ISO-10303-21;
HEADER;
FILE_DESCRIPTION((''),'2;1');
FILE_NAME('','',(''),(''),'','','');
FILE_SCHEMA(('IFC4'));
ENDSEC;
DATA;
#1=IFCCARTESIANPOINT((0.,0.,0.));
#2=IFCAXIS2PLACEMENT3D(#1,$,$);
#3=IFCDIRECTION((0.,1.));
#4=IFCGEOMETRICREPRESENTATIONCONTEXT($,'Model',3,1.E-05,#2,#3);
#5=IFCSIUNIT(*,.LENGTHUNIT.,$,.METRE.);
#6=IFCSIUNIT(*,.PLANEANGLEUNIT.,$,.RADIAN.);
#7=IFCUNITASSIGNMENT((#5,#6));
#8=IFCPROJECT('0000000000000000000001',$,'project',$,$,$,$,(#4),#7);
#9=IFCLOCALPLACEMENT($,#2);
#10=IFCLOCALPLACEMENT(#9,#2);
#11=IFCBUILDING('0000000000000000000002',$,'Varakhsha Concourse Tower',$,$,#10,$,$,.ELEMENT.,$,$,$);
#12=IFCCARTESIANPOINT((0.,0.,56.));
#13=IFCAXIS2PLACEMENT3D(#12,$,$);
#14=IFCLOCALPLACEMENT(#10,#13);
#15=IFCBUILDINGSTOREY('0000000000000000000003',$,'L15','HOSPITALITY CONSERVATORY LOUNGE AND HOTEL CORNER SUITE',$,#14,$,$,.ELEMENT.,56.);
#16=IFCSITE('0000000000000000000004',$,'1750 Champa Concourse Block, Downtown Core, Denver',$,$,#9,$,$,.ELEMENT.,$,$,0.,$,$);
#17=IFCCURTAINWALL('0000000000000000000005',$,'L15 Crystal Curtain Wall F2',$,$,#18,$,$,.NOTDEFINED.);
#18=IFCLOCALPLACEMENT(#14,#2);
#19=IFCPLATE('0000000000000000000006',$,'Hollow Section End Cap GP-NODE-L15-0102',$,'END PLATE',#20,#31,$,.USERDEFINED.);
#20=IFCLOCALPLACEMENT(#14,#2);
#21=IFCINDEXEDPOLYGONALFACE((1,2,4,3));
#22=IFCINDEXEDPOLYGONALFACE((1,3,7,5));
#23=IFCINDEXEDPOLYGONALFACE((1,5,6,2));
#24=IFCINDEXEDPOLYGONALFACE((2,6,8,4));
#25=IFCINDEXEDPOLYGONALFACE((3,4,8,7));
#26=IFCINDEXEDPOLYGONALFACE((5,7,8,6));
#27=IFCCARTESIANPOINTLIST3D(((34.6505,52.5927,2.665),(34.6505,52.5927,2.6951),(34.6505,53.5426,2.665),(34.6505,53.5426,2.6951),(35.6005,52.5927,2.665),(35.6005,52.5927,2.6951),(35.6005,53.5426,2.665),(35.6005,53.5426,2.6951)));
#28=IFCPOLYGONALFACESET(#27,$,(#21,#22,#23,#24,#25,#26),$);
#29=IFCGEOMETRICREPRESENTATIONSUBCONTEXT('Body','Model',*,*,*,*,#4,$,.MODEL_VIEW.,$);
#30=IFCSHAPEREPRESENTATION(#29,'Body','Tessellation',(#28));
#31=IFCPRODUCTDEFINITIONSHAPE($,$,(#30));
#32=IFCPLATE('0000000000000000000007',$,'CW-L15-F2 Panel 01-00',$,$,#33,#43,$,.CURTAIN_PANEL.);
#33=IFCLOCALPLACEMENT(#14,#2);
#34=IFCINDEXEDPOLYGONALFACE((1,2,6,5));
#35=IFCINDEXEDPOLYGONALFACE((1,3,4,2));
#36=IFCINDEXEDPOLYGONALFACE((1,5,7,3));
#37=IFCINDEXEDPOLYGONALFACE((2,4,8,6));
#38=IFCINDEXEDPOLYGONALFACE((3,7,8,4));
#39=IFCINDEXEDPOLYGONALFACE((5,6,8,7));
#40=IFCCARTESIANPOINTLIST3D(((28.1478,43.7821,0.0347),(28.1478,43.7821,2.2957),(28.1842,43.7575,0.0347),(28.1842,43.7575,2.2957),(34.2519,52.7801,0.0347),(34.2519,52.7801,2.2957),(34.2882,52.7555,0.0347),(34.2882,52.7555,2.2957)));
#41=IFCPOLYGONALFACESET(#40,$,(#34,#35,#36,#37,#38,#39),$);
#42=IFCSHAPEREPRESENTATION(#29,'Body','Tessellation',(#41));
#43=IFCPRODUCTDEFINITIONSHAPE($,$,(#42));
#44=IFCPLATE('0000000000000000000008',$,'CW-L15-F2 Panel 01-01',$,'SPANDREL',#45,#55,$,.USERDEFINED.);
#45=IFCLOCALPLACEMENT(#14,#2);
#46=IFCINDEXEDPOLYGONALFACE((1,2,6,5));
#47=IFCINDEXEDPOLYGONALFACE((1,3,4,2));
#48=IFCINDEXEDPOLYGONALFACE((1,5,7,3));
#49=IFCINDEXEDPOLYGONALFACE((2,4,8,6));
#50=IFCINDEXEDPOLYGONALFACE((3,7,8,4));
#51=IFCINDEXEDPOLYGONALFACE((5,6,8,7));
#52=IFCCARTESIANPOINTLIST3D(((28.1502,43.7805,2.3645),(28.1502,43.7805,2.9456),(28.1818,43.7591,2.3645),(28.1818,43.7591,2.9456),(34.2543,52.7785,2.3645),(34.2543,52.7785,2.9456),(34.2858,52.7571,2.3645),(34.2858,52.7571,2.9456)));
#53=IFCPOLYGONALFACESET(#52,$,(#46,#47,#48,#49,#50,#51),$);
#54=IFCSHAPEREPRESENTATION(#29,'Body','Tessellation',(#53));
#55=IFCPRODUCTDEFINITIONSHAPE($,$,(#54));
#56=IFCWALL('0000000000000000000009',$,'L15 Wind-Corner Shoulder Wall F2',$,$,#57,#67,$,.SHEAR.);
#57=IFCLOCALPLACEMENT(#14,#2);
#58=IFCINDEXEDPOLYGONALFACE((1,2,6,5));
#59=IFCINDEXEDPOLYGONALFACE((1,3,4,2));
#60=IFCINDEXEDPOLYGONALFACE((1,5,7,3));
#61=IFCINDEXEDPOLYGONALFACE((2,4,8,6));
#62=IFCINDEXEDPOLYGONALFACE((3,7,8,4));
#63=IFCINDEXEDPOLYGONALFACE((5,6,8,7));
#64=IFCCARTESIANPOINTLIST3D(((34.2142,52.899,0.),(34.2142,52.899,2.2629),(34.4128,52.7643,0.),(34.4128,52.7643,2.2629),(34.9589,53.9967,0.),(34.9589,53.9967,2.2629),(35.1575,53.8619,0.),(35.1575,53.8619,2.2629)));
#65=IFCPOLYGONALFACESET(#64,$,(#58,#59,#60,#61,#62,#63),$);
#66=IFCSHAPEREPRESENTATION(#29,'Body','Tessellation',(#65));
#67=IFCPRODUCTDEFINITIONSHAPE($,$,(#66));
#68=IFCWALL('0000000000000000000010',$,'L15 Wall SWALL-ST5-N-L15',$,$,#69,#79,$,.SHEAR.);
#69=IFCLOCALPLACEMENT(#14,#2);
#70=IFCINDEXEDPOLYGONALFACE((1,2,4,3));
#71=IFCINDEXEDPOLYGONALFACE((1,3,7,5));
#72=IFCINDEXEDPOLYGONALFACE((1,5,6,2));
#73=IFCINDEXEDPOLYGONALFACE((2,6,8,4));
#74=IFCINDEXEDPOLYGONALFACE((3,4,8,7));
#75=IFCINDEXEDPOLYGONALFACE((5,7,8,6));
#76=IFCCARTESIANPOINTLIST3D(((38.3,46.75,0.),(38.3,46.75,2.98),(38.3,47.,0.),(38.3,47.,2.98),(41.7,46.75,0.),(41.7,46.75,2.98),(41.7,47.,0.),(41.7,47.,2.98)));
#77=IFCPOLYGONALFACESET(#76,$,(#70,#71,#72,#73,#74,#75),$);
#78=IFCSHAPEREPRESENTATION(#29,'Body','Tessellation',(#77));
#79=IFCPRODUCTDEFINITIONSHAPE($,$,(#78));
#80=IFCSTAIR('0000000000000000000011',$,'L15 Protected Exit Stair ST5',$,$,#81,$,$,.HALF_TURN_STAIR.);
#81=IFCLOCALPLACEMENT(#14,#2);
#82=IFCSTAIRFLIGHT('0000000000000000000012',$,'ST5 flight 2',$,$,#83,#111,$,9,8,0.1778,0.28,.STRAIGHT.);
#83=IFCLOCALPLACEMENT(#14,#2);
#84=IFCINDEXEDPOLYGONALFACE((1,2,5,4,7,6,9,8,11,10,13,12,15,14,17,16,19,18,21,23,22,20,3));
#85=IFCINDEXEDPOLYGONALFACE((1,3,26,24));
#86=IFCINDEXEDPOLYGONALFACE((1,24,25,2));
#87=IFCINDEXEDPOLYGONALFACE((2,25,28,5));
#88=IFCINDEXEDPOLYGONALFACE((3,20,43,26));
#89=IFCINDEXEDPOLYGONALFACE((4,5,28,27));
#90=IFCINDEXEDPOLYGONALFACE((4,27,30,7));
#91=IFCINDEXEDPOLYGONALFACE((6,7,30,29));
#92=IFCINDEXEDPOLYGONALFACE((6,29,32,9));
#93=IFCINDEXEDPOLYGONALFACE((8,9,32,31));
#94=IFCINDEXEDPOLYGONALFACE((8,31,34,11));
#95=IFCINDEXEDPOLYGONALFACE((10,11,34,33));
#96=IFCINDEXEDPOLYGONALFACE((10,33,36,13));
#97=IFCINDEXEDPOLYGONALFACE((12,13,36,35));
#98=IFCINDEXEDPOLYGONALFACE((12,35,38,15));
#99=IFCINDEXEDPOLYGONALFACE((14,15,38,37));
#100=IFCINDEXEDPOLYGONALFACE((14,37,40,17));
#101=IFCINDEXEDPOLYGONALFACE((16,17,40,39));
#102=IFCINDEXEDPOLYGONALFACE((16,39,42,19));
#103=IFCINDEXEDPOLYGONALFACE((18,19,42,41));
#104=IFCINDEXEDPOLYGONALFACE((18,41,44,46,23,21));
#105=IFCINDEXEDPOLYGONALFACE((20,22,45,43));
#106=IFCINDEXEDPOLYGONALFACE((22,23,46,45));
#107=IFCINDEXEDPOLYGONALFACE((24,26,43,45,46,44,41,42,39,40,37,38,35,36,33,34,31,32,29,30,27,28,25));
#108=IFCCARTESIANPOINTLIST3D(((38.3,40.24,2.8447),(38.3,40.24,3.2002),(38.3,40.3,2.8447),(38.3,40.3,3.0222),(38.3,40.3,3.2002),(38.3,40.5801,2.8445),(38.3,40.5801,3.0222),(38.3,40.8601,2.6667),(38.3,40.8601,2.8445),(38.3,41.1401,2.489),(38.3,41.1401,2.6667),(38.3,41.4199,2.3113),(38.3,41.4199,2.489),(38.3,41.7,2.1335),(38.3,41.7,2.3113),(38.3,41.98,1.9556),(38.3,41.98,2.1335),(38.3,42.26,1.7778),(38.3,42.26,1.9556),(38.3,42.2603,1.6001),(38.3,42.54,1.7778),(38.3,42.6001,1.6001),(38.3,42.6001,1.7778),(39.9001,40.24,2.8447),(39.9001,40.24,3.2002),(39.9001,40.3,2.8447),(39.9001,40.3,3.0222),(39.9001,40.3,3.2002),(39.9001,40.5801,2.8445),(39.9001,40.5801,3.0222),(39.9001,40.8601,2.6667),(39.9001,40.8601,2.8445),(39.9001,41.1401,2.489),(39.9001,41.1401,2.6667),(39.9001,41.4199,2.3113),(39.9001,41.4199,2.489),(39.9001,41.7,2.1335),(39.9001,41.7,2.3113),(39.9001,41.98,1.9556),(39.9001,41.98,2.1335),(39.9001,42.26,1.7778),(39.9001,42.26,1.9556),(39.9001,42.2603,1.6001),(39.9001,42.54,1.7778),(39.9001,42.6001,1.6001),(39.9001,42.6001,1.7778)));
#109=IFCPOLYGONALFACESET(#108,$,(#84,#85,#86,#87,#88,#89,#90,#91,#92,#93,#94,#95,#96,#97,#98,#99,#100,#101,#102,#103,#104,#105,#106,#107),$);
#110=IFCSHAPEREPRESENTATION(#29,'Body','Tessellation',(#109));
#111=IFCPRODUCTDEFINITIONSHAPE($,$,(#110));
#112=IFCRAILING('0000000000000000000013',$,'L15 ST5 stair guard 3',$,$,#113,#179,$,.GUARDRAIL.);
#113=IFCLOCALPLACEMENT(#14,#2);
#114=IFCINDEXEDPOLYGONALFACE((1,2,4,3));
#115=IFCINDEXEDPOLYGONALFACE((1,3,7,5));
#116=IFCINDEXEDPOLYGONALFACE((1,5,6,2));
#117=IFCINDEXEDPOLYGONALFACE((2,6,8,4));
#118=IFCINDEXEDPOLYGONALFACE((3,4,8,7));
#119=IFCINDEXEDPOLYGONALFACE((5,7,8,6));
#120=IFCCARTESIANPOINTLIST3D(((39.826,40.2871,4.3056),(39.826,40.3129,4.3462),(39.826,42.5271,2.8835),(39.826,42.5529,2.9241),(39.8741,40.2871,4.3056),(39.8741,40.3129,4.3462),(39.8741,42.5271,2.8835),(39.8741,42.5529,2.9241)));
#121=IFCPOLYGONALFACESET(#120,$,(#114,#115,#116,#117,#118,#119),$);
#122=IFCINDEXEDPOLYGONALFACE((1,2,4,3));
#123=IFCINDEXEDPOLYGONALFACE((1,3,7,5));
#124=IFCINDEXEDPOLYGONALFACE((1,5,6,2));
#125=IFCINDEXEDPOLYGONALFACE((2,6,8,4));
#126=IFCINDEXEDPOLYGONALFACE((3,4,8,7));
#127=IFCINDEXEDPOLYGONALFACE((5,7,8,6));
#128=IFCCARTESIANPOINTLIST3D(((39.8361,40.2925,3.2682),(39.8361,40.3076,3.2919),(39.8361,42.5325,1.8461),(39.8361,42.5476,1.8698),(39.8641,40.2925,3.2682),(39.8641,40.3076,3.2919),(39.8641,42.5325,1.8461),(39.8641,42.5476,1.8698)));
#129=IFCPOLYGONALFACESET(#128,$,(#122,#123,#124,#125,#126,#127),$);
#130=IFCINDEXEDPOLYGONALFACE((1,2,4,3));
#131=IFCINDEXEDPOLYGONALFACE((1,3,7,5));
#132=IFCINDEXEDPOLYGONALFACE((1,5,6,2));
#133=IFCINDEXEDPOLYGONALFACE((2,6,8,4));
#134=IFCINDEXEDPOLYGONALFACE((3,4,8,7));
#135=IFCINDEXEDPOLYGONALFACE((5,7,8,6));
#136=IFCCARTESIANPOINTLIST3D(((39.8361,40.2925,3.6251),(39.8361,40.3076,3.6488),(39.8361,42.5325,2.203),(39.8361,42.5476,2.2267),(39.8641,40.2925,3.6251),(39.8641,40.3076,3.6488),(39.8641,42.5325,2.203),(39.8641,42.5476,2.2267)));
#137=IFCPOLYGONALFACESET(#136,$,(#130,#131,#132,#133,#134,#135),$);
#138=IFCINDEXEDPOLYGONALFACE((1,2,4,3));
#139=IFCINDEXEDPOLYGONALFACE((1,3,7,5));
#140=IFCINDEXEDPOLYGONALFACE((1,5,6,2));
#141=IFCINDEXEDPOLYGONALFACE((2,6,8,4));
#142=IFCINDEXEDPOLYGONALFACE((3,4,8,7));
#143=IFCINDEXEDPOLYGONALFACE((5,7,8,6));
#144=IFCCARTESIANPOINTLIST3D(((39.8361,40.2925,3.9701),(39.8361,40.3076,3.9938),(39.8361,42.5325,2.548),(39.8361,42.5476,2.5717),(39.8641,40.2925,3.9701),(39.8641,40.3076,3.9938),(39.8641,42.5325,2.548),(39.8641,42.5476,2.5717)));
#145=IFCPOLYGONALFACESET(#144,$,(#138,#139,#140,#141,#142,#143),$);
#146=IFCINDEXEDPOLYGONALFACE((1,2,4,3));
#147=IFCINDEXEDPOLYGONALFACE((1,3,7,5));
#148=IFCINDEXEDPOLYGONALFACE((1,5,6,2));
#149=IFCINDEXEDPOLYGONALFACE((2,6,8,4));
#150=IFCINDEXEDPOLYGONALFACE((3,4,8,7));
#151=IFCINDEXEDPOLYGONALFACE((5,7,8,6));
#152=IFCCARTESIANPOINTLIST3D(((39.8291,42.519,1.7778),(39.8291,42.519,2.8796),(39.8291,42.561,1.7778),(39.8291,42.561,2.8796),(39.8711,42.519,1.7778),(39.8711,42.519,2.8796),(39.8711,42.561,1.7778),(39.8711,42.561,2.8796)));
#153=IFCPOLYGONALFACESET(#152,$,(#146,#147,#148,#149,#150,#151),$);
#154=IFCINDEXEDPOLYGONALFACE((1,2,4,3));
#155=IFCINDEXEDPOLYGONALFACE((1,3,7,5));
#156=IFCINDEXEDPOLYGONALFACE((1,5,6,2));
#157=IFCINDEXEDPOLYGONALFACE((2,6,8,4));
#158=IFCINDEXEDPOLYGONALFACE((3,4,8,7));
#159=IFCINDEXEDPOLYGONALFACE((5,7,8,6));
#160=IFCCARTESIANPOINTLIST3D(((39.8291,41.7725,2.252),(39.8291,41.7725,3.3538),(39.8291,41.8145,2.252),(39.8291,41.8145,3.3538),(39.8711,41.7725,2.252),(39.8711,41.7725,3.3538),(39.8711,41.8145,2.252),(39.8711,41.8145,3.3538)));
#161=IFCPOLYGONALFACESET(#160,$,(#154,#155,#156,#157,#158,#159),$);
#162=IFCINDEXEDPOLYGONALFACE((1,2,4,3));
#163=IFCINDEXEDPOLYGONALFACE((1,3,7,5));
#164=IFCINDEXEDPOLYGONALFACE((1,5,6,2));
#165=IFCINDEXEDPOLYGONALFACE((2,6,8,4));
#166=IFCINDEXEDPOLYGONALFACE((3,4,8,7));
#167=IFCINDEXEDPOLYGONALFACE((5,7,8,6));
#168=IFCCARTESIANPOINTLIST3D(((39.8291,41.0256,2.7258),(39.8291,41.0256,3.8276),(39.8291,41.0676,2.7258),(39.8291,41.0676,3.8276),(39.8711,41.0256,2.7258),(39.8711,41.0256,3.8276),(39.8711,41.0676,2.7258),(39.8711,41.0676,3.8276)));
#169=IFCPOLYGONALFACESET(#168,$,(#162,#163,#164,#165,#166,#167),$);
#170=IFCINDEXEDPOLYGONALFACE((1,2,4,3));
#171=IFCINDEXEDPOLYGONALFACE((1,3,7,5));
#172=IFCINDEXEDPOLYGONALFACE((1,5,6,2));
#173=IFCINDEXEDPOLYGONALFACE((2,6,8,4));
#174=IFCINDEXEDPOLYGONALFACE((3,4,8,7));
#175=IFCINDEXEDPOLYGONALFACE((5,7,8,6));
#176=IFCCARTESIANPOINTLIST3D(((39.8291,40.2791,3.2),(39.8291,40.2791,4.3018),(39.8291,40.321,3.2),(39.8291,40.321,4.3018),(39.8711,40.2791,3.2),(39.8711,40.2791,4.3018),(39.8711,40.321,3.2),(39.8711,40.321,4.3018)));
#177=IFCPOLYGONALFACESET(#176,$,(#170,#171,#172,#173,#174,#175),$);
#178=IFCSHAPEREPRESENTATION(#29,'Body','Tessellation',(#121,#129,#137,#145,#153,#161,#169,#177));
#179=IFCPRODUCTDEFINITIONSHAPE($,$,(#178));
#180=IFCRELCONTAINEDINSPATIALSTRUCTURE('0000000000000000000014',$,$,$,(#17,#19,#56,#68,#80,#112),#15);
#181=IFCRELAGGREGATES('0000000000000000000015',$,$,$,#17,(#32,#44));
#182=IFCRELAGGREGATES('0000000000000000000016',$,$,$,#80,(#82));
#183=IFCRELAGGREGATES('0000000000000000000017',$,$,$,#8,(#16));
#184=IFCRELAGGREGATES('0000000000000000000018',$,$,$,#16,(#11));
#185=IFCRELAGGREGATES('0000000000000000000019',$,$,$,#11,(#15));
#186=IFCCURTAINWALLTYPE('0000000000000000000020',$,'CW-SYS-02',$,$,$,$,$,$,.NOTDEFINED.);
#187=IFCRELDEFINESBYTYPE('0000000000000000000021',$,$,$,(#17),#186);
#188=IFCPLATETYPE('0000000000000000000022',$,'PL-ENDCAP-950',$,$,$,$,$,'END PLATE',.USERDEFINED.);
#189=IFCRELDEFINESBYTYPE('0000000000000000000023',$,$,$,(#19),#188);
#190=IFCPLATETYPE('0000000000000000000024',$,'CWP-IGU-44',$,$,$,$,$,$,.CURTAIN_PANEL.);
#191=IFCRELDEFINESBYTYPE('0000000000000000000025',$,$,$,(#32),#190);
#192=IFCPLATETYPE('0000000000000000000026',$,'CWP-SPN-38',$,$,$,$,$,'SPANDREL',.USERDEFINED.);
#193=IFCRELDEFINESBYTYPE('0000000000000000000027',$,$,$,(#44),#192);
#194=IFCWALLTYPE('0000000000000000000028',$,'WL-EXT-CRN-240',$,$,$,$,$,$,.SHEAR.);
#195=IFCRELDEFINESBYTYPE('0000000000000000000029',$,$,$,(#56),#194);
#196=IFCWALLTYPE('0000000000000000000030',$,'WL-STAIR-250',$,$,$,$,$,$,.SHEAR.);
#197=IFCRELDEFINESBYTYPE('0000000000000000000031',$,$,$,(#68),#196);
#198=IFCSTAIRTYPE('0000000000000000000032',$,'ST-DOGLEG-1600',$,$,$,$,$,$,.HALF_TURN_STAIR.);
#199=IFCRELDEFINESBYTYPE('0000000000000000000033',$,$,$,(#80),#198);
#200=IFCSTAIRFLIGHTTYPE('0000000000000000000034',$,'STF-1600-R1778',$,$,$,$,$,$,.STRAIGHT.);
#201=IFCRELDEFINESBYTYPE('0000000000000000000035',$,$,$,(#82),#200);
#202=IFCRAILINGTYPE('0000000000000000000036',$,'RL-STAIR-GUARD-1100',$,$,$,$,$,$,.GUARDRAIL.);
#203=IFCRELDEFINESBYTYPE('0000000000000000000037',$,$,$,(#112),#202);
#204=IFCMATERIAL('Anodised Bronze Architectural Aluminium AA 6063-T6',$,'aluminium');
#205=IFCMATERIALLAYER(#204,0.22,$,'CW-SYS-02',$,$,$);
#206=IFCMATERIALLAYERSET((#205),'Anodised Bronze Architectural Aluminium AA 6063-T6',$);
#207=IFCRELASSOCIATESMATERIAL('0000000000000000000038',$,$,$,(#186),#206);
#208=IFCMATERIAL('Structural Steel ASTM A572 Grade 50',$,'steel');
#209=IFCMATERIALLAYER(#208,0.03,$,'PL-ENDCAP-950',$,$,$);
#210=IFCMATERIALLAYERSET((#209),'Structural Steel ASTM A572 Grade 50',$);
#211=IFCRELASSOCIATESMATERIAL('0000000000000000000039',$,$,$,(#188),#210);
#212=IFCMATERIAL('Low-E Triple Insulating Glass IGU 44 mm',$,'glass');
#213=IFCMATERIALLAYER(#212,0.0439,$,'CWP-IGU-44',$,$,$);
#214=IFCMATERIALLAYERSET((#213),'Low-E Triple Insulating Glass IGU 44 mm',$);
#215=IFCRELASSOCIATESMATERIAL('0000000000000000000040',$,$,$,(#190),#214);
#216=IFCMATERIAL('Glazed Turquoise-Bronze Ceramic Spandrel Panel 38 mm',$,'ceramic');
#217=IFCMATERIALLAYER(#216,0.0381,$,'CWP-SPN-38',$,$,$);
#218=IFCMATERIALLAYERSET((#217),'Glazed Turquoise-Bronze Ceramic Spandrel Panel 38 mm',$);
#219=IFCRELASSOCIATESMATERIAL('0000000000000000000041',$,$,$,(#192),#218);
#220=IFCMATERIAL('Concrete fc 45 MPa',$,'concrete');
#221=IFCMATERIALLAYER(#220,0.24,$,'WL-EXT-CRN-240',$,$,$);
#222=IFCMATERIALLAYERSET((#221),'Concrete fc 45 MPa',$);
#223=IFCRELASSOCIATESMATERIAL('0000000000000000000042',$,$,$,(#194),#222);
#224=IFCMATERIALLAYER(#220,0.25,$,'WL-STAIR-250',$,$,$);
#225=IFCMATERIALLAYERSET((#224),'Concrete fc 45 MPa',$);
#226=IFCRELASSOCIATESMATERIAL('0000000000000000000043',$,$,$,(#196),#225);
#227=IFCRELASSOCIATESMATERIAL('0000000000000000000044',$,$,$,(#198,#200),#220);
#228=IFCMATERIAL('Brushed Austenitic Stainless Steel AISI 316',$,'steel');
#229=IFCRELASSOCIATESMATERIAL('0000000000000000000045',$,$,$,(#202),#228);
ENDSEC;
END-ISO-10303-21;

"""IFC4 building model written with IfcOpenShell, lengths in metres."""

from ifc_helpers import new_model, si_unit, direction, frame, frame_2d, origin, origin_2d, place, context, subcontext, project, spatial, polyline, rectangle, outline, extrude, source, transform, mapped, material, layer, layer_set, type_object, type_shapes, element, aggregate, save


model = new_model("IFC4")

# Units and contexts
model_context = context("Model", 3, precision=1e-05, world=origin(), true_north=direction((0.0, 1.0)))
body_context = subcontext(model_context, "Body", "Model", "MODEL_VIEW")
ifc_project = project(units=[si_unit("LENGTHUNIT", "METRE"), si_unit("PLANEANGLEUNIT", "RADIAN")], contexts=[model_context])

# Site, building, storey
site_placement = place(None, origin())
site = spatial("IfcSite", under=ifc_project, at=site_placement, Name="1750 Champa Concourse Block, Downtown Core, Denver", CompositionType="ELEMENT", RefElevation=0.0)
building_placement = place(site_placement, origin())
building = spatial("IfcBuilding", under=site, at=building_placement, Name="Varakhsha Concourse Tower", CompositionType="ELEMENT")
storey_placement = place(building_placement, frame((0.0, 0.0, 56.0)))
storey = spatial("IfcBuildingStorey", under=building, at=storey_placement, Name="L15", Description="HOSPITALITY CONSERVATORY LOUNGE AND HOTEL CORNER SUITE", CompositionType="ELEMENT", Elevation=56.0)

# Shared definitions
ifc_material_1 = material(Name="Structural Steel ASTM A572 Grade 50", Category="steel")

# Shared definitions
ifc_material_2 = material(Name="Anodised Bronze Architectural Aluminium AA 6063-T6", Category="aluminium")
ifc_layer_1 = layer(ifc_material_2, 0.22, Name="CW-SYS-02")
ifc_layer_set_1 = layer_set([ifc_layer_1], Name="Anodised Bronze Architectural Aluminium AA 6063-T6")
curtain_wall_type = type_object("IfcCurtainWallType", Name="CW-SYS-02", PredefinedType="NOTDEFINED", material=ifc_layer_set_1)

# Curtain wall
curtain_wall_1_placement = place(storey_placement, origin())
curtain_wall_1 = element("IfcCurtainWall", 1, at=curtain_wall_1_placement, inside=storey, type_object=curtain_wall_type, Name="L15 Crystal Curtain Wall F2", PredefinedType="NOTDEFINED")

# Plates
ifc_layer_2 = layer(ifc_material_1, 0.03, Name="PL-ENDCAP-950")
ifc_layer_set_2 = layer_set([ifc_layer_2], Name="Structural Steel ASTM A572 Grade 50")
plate_type_1 = type_object("IfcPlateType", Name="PL-ENDCAP-950", ElementType="END PLATE", PredefinedType="USERDEFINED", material=ifc_layer_set_2)
shared_shape_1 = source(origin(), body_context, "Body", "SweptSolid", [
    extrude(rectangle(XDim=0.95, YDim=0.95, at=origin_2d()), origin(), (0.0, 0.0, 1.0), 0.03),
])
type_shapes(plate_type_1, [shared_shape_1])
plate_1_placement = place(storey_placement, frame((35.1255, 53.0676, 2.665), z_axis=(0.0, 0.0, 1.0), x_axis=(1.0, 0.0, 0.0)))
element("IfcPlate", 2, at=plate_1_placement, inside=storey, type_object=plate_type_1, Name="Hollow Section End Cap GP-NODE-L15-0102", ObjectType="END PLATE", PredefinedType="USERDEFINED", context=body_context, shape_type="MappedRepresentation", body=[
    mapped(shared_shape_1, transform((0.0, 0.0, 0.0), scale=1.0)),
])
ifc_material_3 = material(Name="Low-E Triple Insulating Glass IGU 44 mm", Category="glass")
ifc_layer_3 = layer(ifc_material_3, 0.0439, Name="CWP-IGU-44")
ifc_layer_set_3 = layer_set([ifc_layer_3], Name="Low-E Triple Insulating Glass IGU 44 mm")
plate_type_2 = type_object("IfcPlateType", Name="CWP-IGU-44", PredefinedType="CURTAIN_PANEL", material=ifc_layer_set_3)
shared_shape_2 = source(origin(), body_context, "Body", "SweptSolid", [
    extrude(rectangle(XDim=10.873, YDim=0.0439, at=origin_2d()), origin(), (0.0, 0.0, 1.0), 2.261),
])
type_shapes(plate_type_2, [shared_shape_2])
plate_2_placement = place(storey_placement, frame((31.218, 48.2688, 0.0347), z_axis=(0.0, 0.0, 1.0), x_axis=(0.561392, 0.82755, 0.0)))
plate_2 = element("IfcPlate", 3, at=plate_2_placement, type_object=plate_type_2, Name="CW-L15-F2 Panel 01-00", PredefinedType="CURTAIN_PANEL", context=body_context, shape_type="MappedRepresentation", body=[
    mapped(shared_shape_2, transform((0.0, 0.0, 0.0), scale=1.0)),
])
ifc_material_4 = material(Name="Glazed Turquoise-Bronze Ceramic Spandrel Panel 38 mm", Category="ceramic")
ifc_layer_4 = layer(ifc_material_4, 0.0381, Name="CWP-SPN-38")
ifc_layer_set_4 = layer_set([ifc_layer_4], Name="Glazed Turquoise-Bronze Ceramic Spandrel Panel 38 mm")
plate_type_3 = type_object("IfcPlateType", Name="CWP-SPN-38", ElementType="SPANDREL", PredefinedType="USERDEFINED", material=ifc_layer_set_4)
shared_shape_3 = source(origin(), body_context, "Body", "SweptSolid", [
    extrude(rectangle(XDim=10.873, YDim=0.0381, at=origin_2d()), origin(), (0.0, 0.0, 1.0), 0.5811),
])
type_shapes(plate_type_3, [shared_shape_3])
plate_3_placement = place(storey_placement, frame((31.218, 48.2688, 2.3645), z_axis=(0.0, 0.0, 1.0), x_axis=(0.561392, 0.82755, 0.0)))
plate_3 = element("IfcPlate", 4, at=plate_3_placement, type_object=plate_type_3, Name="CW-L15-F2 Panel 01-01", ObjectType="SPANDREL", PredefinedType="USERDEFINED", context=body_context, shape_type="MappedRepresentation", body=[
    mapped(shared_shape_3, transform((0.0, 0.0, 0.0), scale=1.0)),
])
aggregate(curtain_wall_1, [plate_2, plate_3])

# Walls
ifc_material_5 = material(Name="Concrete fc 45 MPa", Category="concrete")
ifc_layer_5 = layer(ifc_material_5, 0.24, Name="WL-EXT-CRN-240")
ifc_layer_set_5 = layer_set([ifc_layer_5], Name="Concrete fc 45 MPa")
wall_type_1 = type_object("IfcWallType", Name="WL-EXT-CRN-240", PredefinedType="SHEAR", material=ifc_layer_set_5)
wall_1_placement = place(storey_placement, frame((35.0581, 53.9292, 0.0), z_axis=(0.0, 0.0, 1.0), x_axis=(-0.561393, -0.827549, 0.0)))
element("IfcWall", 5, at=wall_1_placement, inside=storey, type_object=wall_type_1, Name="L15 Wind-Corner Shoulder Wall F2", PredefinedType="SHEAR", context=body_context, shape_type="SweptSolid", body=[
    extrude(rectangle(XDim=1.3264, YDim=0.24, at=frame_2d((0.6631, 0.0))), origin(), (0.0, 0.0, 1.0), 2.2629),
])
ifc_layer_6 = layer(ifc_material_5, 0.25, Name="WL-STAIR-250")
ifc_layer_set_6 = layer_set([ifc_layer_6], Name="Concrete fc 45 MPa")
wall_type_2 = type_object("IfcWallType", Name="WL-STAIR-250", PredefinedType="SHEAR", material=ifc_layer_set_6)
wall_2_placement = place(storey_placement, frame((38.3, 46.875, 0.0), z_axis=(0.0, 0.0, 1.0), x_axis=(1.0, 0.0, 0.0)))
element("IfcWall", 6, at=wall_2_placement, inside=storey, type_object=wall_type_2, Name="L15 Wall SWALL-ST5-N-L15", PredefinedType="SHEAR", context=body_context, shape_type="SweptSolid", body=[
    extrude(rectangle(XDim=3.3999, YDim=0.25, at=frame_2d((1.7, 0.0))), origin(), (0.0, 0.0, 1.0), 2.98),
])

# Stair, stair flight
stair_type = type_object("IfcStairType", Name="ST-DOGLEG-1600", PredefinedType="HALF_TURN_STAIR", material=ifc_material_5)
stair_placement = place(storey_placement, origin())
stair = element("IfcStair", 7, at=stair_placement, inside=storey, type_object=stair_type, Name="L15 Protected Exit Stair ST5", PredefinedType="HALF_TURN_STAIR")
stair_flight_type = type_object("IfcStairFlightType", Name="STF-1600-R1778", PredefinedType="STRAIGHT", material=ifc_material_5)
stair_flight_placement = place(storey_placement, frame((39.1001, 42.54, 1.6001), z_axis=(0.0, 0.0, 1.0), x_axis=(0.0, -1.0, 0.0)))
stair_flight = element("IfcStairFlight", 8, at=stair_flight_placement, type_object=stair_flight_type, Name="ST5 flight 2", NumberOfRisers=9, NumberOfTreads=8, PredefinedType="STRAIGHT", RiserHeight=0.1778, TreadLength=0.28, context=body_context, shape_type="SweptSolid", body=[
    extrude(outline(polyline([(-0.0601, 0.0), (-0.0601, 0.1777), (0.0, 0.1777), (0.28, 0.1777), (0.28, 0.3555), (0.5601, 0.3555), (0.5601, 0.5334), (0.8401, 0.5334), (0.8401, 0.7112), (1.1201, 0.7112), (1.1201, 0.8889), (1.3999, 0.8889), (1.3999, 1.0667), (1.6799, 1.0667), (1.6799, 1.2444), (1.96, 1.2444), (1.96, 1.4221), (2.24, 1.4221), (2.24, 1.6001), (2.3, 1.6001), (2.3, 1.2446), (2.24, 1.2446), (0.2798, 0.0), (-0.0601, 0.0)])), frame((0.0, 0.8, 0.0), z_axis=(0.0, -1.0, 0.0), x_axis=(1.0, 0.0, 0.0)), (0.0, 0.0, 1.0), 1.6001),
])
aggregate(stair, [stair_flight])

# Railing
ifc_material_6 = material(Name="Brushed Austenitic Stainless Steel AISI 316", Category="steel")
railing_type_1 = type_object("IfcRailingType", Name="RL-STAIR-GUARD-1100", PredefinedType="GUARDRAIL", material=ifc_material_6)
railing_1_placement = place(storey_placement, frame((39.8501, 42.54, 1.7778)))
element("IfcRailing", 9, at=railing_1_placement, inside=storey, type_object=railing_type_1, Name="L15 ST5 stair guard 3", PredefinedType="GUARDRAIL", context=body_context, shape_type="SweptSolid", body=[
    extrude(rectangle(XDim=0.0481, YDim=0.0481, at=origin_2d()), frame((0.0, 0.0, 1.126), z_axis=(0.0, -0.844229, 0.535982), x_axis=(1.0, 0.0, 0.0)), (0.0, 0.0, 1.0), 2.6533),
    extrude(rectangle(XDim=0.0281, YDim=0.0281, at=origin_2d()), frame((0.0, 0.0, 0.0801), z_axis=(0.0, -0.844229, 0.535982), x_axis=(1.0, 0.0, 0.0)), (0.0, 0.0, 1.0), 2.6533),
    extrude(rectangle(XDim=0.0281, YDim=0.0281, at=origin_2d()), frame((0.0, 0.0, 0.437), z_axis=(0.0, -0.844229, 0.535982), x_axis=(1.0, 0.0, 0.0)), (0.0, 0.0, 1.0), 2.6533),
    extrude(rectangle(XDim=0.0281, YDim=0.0281, at=origin_2d()), frame((0.0, 0.0, 0.782), z_axis=(0.0, -0.844229, 0.535982), x_axis=(1.0, 0.0, 0.0)), (0.0, 0.0, 1.0), 2.6533),
    extrude(rectangle(XDim=0.042, YDim=0.042, at=origin_2d()), origin(), (0.0, 0.0, 1.0), 1.1018),
    extrude(rectangle(XDim=0.042, YDim=0.042, at=origin_2d()), frame((0.0, -0.7466, 0.4741)), (0.0, 0.0, 1.0), 1.1018),
    extrude(rectangle(XDim=0.042, YDim=0.042, at=origin_2d()), frame((0.0, -1.4934, 0.948)), (0.0, 0.0, 1.0), 1.1018),
    extrude(rectangle(XDim=0.042, YDim=0.042, at=origin_2d()), frame((0.0, -2.24, 1.4221)), (0.0, 0.0, 1.0), 1.1018),
])

save(model, "model.ifc")
